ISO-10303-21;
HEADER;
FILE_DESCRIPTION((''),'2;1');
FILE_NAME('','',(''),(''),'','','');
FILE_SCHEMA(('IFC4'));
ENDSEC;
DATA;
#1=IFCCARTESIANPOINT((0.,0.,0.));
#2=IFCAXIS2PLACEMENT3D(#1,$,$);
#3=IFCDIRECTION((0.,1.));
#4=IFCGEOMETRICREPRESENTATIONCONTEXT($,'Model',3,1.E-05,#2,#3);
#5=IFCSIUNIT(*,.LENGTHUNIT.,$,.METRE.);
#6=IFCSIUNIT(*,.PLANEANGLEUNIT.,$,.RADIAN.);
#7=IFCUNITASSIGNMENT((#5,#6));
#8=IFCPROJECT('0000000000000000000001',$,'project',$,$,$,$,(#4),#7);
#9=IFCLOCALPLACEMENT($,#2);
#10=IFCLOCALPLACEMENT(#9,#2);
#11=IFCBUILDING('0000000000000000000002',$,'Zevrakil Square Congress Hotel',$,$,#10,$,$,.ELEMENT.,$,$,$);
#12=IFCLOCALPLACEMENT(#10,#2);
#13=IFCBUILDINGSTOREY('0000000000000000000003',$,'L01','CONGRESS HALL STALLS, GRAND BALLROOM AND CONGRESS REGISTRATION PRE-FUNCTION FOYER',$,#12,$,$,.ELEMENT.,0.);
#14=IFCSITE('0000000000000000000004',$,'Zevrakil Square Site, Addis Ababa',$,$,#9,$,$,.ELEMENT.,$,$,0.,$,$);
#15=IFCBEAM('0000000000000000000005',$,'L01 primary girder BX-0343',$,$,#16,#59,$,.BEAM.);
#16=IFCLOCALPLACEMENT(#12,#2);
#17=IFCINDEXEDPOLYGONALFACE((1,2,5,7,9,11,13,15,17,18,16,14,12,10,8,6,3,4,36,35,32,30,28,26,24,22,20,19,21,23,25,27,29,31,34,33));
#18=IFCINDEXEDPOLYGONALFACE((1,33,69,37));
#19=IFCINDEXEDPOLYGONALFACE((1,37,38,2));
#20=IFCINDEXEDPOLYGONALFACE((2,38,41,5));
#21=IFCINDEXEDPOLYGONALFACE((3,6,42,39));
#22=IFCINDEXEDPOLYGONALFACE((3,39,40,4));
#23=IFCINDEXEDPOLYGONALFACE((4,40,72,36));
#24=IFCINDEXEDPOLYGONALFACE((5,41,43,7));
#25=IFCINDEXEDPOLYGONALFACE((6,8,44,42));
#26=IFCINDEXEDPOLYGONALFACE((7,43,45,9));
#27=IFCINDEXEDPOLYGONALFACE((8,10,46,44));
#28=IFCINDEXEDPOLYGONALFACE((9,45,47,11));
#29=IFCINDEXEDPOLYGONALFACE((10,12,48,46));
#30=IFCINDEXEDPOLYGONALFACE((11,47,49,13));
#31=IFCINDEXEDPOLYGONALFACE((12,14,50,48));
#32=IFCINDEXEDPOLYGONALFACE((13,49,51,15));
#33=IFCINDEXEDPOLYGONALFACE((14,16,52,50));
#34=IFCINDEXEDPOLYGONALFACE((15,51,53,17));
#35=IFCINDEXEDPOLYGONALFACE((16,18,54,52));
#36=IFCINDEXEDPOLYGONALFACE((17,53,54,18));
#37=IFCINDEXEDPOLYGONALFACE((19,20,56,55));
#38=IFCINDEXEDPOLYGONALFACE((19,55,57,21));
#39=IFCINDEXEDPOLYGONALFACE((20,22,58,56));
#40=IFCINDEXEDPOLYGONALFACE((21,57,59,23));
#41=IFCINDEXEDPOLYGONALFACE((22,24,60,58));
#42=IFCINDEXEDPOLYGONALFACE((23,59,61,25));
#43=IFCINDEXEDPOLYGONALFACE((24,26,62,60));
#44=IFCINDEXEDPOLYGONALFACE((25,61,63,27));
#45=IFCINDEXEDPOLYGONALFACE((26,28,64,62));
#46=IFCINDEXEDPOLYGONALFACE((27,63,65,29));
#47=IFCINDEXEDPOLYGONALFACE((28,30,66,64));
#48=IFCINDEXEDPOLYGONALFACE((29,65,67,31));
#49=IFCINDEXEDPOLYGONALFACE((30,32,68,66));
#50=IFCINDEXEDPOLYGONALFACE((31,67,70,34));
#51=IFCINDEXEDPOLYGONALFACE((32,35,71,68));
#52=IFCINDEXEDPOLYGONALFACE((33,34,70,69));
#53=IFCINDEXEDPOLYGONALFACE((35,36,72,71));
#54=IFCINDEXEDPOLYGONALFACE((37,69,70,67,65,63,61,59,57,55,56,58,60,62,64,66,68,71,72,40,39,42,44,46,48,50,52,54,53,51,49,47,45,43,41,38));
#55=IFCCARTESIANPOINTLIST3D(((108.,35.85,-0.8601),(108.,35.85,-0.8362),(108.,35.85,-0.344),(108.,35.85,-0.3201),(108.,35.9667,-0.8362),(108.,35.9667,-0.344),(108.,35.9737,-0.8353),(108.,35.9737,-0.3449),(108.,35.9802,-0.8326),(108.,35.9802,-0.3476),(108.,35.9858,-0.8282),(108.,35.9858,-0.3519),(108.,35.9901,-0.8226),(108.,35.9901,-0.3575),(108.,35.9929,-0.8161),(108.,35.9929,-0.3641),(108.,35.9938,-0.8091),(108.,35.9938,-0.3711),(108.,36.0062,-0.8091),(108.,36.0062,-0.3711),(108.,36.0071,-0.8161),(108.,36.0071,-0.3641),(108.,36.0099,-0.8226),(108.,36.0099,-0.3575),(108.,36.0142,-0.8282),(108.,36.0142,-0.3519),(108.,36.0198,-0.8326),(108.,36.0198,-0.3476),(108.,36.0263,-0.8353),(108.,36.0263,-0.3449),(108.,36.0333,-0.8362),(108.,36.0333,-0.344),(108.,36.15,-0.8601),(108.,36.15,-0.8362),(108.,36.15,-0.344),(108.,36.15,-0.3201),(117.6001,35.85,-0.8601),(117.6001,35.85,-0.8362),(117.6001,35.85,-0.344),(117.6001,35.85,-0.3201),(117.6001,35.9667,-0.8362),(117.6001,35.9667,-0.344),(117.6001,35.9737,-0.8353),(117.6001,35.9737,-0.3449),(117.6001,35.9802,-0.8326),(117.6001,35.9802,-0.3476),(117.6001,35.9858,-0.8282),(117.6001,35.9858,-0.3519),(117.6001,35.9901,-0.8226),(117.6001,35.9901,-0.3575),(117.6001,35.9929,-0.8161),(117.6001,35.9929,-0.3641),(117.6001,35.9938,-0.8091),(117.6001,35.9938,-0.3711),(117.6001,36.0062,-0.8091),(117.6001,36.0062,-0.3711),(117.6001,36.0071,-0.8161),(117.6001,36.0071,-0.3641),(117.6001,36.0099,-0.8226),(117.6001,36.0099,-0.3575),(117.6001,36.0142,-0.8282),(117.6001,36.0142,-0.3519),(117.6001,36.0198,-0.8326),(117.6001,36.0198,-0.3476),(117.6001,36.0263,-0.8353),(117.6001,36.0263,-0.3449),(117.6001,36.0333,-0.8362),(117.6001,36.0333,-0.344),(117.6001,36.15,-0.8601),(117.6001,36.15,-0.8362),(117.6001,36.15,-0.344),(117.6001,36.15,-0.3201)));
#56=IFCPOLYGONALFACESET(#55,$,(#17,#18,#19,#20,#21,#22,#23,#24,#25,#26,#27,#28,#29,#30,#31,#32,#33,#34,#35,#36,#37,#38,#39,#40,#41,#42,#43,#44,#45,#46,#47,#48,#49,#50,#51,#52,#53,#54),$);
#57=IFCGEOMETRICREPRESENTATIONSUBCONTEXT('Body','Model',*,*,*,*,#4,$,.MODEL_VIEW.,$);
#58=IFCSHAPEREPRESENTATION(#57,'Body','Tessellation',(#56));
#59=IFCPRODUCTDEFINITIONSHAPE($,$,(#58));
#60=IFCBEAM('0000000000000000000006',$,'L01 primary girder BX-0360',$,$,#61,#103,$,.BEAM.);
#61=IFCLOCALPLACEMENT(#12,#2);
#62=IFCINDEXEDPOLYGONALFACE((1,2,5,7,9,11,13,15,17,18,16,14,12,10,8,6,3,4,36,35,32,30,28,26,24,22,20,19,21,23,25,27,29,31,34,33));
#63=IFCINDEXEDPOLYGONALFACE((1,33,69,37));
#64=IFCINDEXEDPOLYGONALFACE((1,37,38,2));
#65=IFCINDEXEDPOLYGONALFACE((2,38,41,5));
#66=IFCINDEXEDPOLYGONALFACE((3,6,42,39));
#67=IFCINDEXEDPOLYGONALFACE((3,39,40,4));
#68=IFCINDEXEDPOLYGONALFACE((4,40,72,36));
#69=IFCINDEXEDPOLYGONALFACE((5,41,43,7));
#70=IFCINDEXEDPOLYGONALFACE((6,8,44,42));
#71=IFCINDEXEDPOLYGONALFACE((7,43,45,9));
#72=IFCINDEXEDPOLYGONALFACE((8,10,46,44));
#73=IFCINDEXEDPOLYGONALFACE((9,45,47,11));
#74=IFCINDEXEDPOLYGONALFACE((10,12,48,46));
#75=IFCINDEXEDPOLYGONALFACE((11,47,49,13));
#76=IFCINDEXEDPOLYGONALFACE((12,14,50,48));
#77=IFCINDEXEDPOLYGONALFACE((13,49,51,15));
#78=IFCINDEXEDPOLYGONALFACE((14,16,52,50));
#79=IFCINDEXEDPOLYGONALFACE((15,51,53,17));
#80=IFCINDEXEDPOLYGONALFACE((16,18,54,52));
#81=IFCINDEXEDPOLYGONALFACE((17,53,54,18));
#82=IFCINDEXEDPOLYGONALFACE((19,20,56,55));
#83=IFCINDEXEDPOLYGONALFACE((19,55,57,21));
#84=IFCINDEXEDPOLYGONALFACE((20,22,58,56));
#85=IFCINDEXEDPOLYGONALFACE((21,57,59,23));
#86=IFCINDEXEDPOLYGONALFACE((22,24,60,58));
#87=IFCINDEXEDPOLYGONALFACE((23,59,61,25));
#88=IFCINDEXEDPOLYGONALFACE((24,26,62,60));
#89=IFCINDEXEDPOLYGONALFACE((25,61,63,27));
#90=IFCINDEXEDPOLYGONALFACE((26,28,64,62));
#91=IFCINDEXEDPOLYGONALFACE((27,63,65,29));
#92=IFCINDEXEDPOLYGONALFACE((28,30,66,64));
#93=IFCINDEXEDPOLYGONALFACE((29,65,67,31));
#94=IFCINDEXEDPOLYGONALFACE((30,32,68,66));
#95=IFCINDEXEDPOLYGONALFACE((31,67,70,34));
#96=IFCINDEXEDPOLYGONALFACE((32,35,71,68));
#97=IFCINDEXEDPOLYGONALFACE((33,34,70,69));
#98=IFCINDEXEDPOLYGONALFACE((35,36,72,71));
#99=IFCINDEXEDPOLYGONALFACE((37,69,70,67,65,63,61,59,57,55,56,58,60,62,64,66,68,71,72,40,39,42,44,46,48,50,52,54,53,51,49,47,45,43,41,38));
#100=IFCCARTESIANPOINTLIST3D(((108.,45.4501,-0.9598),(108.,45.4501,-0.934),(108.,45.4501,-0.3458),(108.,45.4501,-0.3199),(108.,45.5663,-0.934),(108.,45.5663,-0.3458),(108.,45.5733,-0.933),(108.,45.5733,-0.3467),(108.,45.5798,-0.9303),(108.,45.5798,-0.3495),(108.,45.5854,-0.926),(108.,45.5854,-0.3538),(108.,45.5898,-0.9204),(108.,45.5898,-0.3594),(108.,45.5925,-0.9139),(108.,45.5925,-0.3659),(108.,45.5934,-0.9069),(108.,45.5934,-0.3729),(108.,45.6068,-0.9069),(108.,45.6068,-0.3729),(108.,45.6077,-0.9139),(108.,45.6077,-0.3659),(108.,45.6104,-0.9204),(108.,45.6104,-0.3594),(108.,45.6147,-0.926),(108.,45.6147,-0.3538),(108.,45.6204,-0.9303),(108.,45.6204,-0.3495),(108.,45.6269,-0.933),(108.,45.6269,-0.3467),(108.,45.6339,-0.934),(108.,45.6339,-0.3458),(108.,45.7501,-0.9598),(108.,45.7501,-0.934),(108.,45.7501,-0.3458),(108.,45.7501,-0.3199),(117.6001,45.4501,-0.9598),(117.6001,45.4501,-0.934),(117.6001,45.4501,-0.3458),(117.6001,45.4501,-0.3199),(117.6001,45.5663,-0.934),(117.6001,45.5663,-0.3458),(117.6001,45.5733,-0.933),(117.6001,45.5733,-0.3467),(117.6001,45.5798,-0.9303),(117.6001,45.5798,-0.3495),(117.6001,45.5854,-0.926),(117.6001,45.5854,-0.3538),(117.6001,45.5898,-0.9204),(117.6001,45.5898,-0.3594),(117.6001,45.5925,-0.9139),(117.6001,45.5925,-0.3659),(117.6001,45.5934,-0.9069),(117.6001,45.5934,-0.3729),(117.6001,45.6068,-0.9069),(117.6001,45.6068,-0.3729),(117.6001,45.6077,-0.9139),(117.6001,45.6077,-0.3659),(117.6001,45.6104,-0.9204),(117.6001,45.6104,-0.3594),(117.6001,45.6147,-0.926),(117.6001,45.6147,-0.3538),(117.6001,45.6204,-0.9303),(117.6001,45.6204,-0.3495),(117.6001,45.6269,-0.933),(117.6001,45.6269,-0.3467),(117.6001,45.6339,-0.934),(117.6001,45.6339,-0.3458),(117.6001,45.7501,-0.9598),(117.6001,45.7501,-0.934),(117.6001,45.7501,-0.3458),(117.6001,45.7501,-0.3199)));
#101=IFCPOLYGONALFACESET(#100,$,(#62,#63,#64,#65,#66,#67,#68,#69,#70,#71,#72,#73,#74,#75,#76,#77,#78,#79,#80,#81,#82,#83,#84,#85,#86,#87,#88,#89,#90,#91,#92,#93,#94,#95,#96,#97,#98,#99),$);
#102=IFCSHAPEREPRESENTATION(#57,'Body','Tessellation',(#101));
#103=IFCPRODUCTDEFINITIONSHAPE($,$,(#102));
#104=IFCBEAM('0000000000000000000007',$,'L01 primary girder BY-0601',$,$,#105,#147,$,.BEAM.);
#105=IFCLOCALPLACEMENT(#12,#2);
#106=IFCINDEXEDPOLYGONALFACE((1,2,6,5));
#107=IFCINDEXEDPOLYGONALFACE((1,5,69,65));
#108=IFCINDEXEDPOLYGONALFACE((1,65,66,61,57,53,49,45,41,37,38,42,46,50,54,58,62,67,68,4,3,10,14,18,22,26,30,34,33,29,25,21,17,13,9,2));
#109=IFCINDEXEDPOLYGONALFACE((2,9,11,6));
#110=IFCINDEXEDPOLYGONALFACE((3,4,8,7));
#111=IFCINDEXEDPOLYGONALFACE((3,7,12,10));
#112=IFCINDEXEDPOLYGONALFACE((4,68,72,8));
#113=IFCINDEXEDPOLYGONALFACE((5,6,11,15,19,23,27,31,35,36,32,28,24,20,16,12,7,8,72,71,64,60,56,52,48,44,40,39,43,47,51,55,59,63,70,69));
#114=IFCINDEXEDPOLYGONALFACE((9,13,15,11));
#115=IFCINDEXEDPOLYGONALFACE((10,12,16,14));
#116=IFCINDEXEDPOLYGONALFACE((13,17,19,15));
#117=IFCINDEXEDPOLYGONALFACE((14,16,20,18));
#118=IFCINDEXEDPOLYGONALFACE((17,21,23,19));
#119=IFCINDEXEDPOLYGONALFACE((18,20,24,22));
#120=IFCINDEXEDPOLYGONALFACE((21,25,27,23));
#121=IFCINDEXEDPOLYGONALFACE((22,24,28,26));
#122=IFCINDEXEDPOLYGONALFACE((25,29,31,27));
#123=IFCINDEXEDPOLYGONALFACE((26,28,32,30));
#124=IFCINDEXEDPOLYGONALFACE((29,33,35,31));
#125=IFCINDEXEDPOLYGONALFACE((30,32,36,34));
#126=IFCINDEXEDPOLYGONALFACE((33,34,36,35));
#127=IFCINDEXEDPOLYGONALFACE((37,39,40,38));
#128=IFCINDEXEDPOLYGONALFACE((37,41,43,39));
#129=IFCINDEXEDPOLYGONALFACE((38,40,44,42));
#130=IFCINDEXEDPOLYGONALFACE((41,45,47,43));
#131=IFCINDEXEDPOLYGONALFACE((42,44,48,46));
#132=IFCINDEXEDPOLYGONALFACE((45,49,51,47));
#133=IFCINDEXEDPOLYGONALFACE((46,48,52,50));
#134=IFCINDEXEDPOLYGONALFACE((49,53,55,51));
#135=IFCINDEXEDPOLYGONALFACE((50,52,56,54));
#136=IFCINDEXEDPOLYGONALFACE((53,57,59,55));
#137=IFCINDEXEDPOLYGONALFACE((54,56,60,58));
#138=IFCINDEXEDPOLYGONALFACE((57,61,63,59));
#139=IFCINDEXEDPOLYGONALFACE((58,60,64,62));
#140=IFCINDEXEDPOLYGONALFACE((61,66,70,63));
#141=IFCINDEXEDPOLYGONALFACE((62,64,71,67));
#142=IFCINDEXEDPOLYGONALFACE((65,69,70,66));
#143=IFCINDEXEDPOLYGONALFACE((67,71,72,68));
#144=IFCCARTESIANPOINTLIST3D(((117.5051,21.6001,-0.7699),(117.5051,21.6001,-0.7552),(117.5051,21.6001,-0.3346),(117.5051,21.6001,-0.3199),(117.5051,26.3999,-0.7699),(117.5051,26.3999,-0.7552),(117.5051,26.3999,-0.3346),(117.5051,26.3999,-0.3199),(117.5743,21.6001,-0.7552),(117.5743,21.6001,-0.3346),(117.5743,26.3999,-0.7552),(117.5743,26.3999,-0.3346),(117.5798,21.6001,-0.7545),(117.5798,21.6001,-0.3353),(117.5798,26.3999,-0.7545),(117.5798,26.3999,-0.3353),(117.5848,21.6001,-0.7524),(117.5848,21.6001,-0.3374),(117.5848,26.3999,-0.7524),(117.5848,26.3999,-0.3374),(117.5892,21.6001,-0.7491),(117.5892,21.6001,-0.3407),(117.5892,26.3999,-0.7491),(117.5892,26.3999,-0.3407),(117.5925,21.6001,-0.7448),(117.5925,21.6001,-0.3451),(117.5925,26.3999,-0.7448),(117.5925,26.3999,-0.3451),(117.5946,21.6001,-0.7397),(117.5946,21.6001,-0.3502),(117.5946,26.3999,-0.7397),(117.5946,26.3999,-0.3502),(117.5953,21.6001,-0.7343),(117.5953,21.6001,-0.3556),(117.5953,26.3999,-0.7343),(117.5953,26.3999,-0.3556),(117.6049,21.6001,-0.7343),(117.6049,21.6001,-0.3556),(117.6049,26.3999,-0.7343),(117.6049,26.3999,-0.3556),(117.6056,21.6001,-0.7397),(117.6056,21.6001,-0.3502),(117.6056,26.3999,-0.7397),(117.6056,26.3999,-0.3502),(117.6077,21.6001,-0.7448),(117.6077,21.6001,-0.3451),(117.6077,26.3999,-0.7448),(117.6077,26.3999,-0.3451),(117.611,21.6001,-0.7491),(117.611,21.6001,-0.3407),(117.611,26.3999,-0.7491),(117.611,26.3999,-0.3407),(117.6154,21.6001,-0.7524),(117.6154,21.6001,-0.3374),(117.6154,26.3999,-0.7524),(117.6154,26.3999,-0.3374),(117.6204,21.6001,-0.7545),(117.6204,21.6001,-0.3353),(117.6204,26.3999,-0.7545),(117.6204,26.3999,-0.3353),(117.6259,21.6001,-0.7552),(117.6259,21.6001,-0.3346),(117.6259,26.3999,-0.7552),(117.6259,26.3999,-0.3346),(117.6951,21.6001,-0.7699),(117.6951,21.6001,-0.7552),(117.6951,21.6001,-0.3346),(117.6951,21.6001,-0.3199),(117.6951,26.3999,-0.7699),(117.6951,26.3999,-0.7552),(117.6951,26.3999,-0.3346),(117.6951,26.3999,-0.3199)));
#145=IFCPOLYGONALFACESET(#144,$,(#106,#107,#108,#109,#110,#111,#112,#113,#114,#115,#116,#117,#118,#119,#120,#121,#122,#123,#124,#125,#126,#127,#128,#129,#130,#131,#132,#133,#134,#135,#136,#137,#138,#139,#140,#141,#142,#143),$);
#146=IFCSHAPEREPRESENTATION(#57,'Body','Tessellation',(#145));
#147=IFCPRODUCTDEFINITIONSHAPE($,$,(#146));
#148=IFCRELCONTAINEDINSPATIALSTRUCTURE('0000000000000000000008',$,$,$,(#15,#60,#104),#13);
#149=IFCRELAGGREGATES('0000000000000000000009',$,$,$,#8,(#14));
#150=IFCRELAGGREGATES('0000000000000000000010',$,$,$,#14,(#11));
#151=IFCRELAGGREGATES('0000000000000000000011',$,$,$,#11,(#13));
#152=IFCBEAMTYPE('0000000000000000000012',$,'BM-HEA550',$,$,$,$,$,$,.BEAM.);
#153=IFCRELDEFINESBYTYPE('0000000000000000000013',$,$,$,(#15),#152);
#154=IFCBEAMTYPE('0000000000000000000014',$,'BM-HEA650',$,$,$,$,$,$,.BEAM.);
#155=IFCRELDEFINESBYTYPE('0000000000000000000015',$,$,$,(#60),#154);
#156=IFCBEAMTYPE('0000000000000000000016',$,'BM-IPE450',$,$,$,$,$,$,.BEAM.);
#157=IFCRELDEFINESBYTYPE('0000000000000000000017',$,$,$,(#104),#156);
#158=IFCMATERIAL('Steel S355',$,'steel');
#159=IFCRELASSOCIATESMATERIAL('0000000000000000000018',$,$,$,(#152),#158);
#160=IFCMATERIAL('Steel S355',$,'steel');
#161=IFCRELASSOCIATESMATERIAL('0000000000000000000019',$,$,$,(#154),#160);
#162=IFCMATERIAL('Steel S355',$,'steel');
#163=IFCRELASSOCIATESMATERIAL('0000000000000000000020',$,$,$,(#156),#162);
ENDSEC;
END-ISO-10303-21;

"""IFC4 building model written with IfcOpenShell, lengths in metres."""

from ifc_helpers import new_model, si_unit, direction, frame, origin, origin_2d, place, context, subcontext, project, spatial, i_section, extrude, material, material_profile, profile_set, type_object, element, save


model = new_model("IFC4")

# Units and contexts
model_context = context("Model", 3, precision=1e-05, world=origin(), true_north=direction((0.0, 1.0)))
body_context = subcontext(model_context, "Body", "Model", "MODEL_VIEW")
ifc_project = project(units=[si_unit("LENGTHUNIT", "METRE"), si_unit("PLANEANGLEUNIT", "RADIAN")], contexts=[model_context])

# Site, building, storey
site_placement = place(None, origin())
site = spatial("IfcSite", under=ifc_project, at=site_placement, Name="Zevrakil Square Site, Addis Ababa", CompositionType="ELEMENT", RefElevation=0.0)
building_placement = place(site_placement, origin())
building = spatial("IfcBuilding", under=site, at=building_placement, Name="Zevrakil Square Congress Hotel", CompositionType="ELEMENT")
storey_placement = place(building_placement, origin())
storey = spatial("IfcBuildingStorey", under=building, at=storey_placement, Name="L01", Description="CONGRESS HALL STALLS, GRAND BALLROOM AND CONGRESS REGISTRATION PRE-FUNCTION FOYER", CompositionType="ELEMENT", Elevation=0.0)

# Beams
ifc_material_1 = material(Name="Steel S355", Category="steel")
ifc_material_profile_1 = material_profile(ifc_material_1, i_section(OverallWidth=0.3, OverallDepth=0.54, WebThickness=0.0125, FlangeThickness=0.0239, FilletRadius=0.0271, at=origin_2d()), Name="HEA 550")
ifc_profile_set_1 = profile_set([ifc_material_profile_1], Name="Steel S355")
beam_type_1 = type_object("IfcBeamType", Name="BM-HEA550", PredefinedType="BEAM", material=ifc_profile_set_1)
beam_1_placement = place(storey_placement, frame((108.0, 36.0, -0.5901), z_axis=(1.0, 0.0, 0.0), x_axis=(0.0, 1.0, 0.0)))
element("IfcBeam", 1, at=beam_1_placement, inside=storey, type_object=beam_type_1, Name="L01 primary girder BX-0343", PredefinedType="BEAM", context=body_context, shape_type="SweptSolid", body=[
    extrude(i_section(OverallWidth=0.3, OverallDepth=0.54, WebThickness=0.0125, FlangeThickness=0.0239, FilletRadius=0.0271, at=origin_2d()), origin(), (0.0, 0.0, 1.0), 9.6001),
])
ifc_material_2 = material(Name="Steel S355", Category="steel")
ifc_material_profile_2 = material_profile(ifc_material_2, i_section(OverallWidth=0.3, OverallDepth=0.6399, WebThickness=0.0134, FlangeThickness=0.0259, FilletRadius=0.0271, at=origin_2d()), Name="HEA 650")
ifc_profile_set_2 = profile_set([ifc_material_profile_2], Name="Steel S355")
beam_type_2 = type_object("IfcBeamType", Name="BM-HEA650", PredefinedType="BEAM", material=ifc_profile_set_2)
beam_2_placement = place(storey_placement, frame((108.0, 45.6001, -0.6399), z_axis=(1.0, 0.0, 0.0), x_axis=(0.0, 1.0, 0.0)))
element("IfcBeam", 2, at=beam_2_placement, inside=storey, type_object=beam_type_2, Name="L01 primary girder BX-0360", PredefinedType="BEAM", context=body_context, shape_type="SweptSolid", body=[
    extrude(i_section(OverallWidth=0.3, OverallDepth=0.6399, WebThickness=0.0134, FlangeThickness=0.0259, FilletRadius=0.0271, at=origin_2d()), origin(), (0.0, 0.0, 1.0), 9.6001),
])
ifc_material_3 = material(Name="Steel S355", Category="steel")
ifc_material_profile_3 = material_profile(ifc_material_3, i_section(OverallWidth=0.1899, OverallDepth=0.45, WebThickness=0.0095, FlangeThickness=0.0146, FilletRadius=0.021, at=origin_2d()), Name="IPE 450")
ifc_profile_set_3 = profile_set([ifc_material_profile_3], Name="Steel S355")
beam_type_3 = type_object("IfcBeamType", Name="BM-IPE450", PredefinedType="BEAM", material=ifc_profile_set_3)
beam_3_placement = place(storey_placement, frame((117.6001, 21.6001, -0.5449), z_axis=(0.0, 1.0, 0.0), x_axis=(-1.0, 0.0, 0.0)))
element("IfcBeam", 3, at=beam_3_placement, inside=storey, type_object=beam_type_3, Name="L01 primary girder BY-0601", PredefinedType="BEAM", context=body_context, shape_type="SweptSolid", body=[
    extrude(i_section(OverallWidth=0.1899, OverallDepth=0.45, WebThickness=0.0095, FlangeThickness=0.0146, FilletRadius=0.021, at=origin_2d()), origin(), (0.0, 0.0, 1.0), 4.7998),
])

save(model, "model.ifc")
